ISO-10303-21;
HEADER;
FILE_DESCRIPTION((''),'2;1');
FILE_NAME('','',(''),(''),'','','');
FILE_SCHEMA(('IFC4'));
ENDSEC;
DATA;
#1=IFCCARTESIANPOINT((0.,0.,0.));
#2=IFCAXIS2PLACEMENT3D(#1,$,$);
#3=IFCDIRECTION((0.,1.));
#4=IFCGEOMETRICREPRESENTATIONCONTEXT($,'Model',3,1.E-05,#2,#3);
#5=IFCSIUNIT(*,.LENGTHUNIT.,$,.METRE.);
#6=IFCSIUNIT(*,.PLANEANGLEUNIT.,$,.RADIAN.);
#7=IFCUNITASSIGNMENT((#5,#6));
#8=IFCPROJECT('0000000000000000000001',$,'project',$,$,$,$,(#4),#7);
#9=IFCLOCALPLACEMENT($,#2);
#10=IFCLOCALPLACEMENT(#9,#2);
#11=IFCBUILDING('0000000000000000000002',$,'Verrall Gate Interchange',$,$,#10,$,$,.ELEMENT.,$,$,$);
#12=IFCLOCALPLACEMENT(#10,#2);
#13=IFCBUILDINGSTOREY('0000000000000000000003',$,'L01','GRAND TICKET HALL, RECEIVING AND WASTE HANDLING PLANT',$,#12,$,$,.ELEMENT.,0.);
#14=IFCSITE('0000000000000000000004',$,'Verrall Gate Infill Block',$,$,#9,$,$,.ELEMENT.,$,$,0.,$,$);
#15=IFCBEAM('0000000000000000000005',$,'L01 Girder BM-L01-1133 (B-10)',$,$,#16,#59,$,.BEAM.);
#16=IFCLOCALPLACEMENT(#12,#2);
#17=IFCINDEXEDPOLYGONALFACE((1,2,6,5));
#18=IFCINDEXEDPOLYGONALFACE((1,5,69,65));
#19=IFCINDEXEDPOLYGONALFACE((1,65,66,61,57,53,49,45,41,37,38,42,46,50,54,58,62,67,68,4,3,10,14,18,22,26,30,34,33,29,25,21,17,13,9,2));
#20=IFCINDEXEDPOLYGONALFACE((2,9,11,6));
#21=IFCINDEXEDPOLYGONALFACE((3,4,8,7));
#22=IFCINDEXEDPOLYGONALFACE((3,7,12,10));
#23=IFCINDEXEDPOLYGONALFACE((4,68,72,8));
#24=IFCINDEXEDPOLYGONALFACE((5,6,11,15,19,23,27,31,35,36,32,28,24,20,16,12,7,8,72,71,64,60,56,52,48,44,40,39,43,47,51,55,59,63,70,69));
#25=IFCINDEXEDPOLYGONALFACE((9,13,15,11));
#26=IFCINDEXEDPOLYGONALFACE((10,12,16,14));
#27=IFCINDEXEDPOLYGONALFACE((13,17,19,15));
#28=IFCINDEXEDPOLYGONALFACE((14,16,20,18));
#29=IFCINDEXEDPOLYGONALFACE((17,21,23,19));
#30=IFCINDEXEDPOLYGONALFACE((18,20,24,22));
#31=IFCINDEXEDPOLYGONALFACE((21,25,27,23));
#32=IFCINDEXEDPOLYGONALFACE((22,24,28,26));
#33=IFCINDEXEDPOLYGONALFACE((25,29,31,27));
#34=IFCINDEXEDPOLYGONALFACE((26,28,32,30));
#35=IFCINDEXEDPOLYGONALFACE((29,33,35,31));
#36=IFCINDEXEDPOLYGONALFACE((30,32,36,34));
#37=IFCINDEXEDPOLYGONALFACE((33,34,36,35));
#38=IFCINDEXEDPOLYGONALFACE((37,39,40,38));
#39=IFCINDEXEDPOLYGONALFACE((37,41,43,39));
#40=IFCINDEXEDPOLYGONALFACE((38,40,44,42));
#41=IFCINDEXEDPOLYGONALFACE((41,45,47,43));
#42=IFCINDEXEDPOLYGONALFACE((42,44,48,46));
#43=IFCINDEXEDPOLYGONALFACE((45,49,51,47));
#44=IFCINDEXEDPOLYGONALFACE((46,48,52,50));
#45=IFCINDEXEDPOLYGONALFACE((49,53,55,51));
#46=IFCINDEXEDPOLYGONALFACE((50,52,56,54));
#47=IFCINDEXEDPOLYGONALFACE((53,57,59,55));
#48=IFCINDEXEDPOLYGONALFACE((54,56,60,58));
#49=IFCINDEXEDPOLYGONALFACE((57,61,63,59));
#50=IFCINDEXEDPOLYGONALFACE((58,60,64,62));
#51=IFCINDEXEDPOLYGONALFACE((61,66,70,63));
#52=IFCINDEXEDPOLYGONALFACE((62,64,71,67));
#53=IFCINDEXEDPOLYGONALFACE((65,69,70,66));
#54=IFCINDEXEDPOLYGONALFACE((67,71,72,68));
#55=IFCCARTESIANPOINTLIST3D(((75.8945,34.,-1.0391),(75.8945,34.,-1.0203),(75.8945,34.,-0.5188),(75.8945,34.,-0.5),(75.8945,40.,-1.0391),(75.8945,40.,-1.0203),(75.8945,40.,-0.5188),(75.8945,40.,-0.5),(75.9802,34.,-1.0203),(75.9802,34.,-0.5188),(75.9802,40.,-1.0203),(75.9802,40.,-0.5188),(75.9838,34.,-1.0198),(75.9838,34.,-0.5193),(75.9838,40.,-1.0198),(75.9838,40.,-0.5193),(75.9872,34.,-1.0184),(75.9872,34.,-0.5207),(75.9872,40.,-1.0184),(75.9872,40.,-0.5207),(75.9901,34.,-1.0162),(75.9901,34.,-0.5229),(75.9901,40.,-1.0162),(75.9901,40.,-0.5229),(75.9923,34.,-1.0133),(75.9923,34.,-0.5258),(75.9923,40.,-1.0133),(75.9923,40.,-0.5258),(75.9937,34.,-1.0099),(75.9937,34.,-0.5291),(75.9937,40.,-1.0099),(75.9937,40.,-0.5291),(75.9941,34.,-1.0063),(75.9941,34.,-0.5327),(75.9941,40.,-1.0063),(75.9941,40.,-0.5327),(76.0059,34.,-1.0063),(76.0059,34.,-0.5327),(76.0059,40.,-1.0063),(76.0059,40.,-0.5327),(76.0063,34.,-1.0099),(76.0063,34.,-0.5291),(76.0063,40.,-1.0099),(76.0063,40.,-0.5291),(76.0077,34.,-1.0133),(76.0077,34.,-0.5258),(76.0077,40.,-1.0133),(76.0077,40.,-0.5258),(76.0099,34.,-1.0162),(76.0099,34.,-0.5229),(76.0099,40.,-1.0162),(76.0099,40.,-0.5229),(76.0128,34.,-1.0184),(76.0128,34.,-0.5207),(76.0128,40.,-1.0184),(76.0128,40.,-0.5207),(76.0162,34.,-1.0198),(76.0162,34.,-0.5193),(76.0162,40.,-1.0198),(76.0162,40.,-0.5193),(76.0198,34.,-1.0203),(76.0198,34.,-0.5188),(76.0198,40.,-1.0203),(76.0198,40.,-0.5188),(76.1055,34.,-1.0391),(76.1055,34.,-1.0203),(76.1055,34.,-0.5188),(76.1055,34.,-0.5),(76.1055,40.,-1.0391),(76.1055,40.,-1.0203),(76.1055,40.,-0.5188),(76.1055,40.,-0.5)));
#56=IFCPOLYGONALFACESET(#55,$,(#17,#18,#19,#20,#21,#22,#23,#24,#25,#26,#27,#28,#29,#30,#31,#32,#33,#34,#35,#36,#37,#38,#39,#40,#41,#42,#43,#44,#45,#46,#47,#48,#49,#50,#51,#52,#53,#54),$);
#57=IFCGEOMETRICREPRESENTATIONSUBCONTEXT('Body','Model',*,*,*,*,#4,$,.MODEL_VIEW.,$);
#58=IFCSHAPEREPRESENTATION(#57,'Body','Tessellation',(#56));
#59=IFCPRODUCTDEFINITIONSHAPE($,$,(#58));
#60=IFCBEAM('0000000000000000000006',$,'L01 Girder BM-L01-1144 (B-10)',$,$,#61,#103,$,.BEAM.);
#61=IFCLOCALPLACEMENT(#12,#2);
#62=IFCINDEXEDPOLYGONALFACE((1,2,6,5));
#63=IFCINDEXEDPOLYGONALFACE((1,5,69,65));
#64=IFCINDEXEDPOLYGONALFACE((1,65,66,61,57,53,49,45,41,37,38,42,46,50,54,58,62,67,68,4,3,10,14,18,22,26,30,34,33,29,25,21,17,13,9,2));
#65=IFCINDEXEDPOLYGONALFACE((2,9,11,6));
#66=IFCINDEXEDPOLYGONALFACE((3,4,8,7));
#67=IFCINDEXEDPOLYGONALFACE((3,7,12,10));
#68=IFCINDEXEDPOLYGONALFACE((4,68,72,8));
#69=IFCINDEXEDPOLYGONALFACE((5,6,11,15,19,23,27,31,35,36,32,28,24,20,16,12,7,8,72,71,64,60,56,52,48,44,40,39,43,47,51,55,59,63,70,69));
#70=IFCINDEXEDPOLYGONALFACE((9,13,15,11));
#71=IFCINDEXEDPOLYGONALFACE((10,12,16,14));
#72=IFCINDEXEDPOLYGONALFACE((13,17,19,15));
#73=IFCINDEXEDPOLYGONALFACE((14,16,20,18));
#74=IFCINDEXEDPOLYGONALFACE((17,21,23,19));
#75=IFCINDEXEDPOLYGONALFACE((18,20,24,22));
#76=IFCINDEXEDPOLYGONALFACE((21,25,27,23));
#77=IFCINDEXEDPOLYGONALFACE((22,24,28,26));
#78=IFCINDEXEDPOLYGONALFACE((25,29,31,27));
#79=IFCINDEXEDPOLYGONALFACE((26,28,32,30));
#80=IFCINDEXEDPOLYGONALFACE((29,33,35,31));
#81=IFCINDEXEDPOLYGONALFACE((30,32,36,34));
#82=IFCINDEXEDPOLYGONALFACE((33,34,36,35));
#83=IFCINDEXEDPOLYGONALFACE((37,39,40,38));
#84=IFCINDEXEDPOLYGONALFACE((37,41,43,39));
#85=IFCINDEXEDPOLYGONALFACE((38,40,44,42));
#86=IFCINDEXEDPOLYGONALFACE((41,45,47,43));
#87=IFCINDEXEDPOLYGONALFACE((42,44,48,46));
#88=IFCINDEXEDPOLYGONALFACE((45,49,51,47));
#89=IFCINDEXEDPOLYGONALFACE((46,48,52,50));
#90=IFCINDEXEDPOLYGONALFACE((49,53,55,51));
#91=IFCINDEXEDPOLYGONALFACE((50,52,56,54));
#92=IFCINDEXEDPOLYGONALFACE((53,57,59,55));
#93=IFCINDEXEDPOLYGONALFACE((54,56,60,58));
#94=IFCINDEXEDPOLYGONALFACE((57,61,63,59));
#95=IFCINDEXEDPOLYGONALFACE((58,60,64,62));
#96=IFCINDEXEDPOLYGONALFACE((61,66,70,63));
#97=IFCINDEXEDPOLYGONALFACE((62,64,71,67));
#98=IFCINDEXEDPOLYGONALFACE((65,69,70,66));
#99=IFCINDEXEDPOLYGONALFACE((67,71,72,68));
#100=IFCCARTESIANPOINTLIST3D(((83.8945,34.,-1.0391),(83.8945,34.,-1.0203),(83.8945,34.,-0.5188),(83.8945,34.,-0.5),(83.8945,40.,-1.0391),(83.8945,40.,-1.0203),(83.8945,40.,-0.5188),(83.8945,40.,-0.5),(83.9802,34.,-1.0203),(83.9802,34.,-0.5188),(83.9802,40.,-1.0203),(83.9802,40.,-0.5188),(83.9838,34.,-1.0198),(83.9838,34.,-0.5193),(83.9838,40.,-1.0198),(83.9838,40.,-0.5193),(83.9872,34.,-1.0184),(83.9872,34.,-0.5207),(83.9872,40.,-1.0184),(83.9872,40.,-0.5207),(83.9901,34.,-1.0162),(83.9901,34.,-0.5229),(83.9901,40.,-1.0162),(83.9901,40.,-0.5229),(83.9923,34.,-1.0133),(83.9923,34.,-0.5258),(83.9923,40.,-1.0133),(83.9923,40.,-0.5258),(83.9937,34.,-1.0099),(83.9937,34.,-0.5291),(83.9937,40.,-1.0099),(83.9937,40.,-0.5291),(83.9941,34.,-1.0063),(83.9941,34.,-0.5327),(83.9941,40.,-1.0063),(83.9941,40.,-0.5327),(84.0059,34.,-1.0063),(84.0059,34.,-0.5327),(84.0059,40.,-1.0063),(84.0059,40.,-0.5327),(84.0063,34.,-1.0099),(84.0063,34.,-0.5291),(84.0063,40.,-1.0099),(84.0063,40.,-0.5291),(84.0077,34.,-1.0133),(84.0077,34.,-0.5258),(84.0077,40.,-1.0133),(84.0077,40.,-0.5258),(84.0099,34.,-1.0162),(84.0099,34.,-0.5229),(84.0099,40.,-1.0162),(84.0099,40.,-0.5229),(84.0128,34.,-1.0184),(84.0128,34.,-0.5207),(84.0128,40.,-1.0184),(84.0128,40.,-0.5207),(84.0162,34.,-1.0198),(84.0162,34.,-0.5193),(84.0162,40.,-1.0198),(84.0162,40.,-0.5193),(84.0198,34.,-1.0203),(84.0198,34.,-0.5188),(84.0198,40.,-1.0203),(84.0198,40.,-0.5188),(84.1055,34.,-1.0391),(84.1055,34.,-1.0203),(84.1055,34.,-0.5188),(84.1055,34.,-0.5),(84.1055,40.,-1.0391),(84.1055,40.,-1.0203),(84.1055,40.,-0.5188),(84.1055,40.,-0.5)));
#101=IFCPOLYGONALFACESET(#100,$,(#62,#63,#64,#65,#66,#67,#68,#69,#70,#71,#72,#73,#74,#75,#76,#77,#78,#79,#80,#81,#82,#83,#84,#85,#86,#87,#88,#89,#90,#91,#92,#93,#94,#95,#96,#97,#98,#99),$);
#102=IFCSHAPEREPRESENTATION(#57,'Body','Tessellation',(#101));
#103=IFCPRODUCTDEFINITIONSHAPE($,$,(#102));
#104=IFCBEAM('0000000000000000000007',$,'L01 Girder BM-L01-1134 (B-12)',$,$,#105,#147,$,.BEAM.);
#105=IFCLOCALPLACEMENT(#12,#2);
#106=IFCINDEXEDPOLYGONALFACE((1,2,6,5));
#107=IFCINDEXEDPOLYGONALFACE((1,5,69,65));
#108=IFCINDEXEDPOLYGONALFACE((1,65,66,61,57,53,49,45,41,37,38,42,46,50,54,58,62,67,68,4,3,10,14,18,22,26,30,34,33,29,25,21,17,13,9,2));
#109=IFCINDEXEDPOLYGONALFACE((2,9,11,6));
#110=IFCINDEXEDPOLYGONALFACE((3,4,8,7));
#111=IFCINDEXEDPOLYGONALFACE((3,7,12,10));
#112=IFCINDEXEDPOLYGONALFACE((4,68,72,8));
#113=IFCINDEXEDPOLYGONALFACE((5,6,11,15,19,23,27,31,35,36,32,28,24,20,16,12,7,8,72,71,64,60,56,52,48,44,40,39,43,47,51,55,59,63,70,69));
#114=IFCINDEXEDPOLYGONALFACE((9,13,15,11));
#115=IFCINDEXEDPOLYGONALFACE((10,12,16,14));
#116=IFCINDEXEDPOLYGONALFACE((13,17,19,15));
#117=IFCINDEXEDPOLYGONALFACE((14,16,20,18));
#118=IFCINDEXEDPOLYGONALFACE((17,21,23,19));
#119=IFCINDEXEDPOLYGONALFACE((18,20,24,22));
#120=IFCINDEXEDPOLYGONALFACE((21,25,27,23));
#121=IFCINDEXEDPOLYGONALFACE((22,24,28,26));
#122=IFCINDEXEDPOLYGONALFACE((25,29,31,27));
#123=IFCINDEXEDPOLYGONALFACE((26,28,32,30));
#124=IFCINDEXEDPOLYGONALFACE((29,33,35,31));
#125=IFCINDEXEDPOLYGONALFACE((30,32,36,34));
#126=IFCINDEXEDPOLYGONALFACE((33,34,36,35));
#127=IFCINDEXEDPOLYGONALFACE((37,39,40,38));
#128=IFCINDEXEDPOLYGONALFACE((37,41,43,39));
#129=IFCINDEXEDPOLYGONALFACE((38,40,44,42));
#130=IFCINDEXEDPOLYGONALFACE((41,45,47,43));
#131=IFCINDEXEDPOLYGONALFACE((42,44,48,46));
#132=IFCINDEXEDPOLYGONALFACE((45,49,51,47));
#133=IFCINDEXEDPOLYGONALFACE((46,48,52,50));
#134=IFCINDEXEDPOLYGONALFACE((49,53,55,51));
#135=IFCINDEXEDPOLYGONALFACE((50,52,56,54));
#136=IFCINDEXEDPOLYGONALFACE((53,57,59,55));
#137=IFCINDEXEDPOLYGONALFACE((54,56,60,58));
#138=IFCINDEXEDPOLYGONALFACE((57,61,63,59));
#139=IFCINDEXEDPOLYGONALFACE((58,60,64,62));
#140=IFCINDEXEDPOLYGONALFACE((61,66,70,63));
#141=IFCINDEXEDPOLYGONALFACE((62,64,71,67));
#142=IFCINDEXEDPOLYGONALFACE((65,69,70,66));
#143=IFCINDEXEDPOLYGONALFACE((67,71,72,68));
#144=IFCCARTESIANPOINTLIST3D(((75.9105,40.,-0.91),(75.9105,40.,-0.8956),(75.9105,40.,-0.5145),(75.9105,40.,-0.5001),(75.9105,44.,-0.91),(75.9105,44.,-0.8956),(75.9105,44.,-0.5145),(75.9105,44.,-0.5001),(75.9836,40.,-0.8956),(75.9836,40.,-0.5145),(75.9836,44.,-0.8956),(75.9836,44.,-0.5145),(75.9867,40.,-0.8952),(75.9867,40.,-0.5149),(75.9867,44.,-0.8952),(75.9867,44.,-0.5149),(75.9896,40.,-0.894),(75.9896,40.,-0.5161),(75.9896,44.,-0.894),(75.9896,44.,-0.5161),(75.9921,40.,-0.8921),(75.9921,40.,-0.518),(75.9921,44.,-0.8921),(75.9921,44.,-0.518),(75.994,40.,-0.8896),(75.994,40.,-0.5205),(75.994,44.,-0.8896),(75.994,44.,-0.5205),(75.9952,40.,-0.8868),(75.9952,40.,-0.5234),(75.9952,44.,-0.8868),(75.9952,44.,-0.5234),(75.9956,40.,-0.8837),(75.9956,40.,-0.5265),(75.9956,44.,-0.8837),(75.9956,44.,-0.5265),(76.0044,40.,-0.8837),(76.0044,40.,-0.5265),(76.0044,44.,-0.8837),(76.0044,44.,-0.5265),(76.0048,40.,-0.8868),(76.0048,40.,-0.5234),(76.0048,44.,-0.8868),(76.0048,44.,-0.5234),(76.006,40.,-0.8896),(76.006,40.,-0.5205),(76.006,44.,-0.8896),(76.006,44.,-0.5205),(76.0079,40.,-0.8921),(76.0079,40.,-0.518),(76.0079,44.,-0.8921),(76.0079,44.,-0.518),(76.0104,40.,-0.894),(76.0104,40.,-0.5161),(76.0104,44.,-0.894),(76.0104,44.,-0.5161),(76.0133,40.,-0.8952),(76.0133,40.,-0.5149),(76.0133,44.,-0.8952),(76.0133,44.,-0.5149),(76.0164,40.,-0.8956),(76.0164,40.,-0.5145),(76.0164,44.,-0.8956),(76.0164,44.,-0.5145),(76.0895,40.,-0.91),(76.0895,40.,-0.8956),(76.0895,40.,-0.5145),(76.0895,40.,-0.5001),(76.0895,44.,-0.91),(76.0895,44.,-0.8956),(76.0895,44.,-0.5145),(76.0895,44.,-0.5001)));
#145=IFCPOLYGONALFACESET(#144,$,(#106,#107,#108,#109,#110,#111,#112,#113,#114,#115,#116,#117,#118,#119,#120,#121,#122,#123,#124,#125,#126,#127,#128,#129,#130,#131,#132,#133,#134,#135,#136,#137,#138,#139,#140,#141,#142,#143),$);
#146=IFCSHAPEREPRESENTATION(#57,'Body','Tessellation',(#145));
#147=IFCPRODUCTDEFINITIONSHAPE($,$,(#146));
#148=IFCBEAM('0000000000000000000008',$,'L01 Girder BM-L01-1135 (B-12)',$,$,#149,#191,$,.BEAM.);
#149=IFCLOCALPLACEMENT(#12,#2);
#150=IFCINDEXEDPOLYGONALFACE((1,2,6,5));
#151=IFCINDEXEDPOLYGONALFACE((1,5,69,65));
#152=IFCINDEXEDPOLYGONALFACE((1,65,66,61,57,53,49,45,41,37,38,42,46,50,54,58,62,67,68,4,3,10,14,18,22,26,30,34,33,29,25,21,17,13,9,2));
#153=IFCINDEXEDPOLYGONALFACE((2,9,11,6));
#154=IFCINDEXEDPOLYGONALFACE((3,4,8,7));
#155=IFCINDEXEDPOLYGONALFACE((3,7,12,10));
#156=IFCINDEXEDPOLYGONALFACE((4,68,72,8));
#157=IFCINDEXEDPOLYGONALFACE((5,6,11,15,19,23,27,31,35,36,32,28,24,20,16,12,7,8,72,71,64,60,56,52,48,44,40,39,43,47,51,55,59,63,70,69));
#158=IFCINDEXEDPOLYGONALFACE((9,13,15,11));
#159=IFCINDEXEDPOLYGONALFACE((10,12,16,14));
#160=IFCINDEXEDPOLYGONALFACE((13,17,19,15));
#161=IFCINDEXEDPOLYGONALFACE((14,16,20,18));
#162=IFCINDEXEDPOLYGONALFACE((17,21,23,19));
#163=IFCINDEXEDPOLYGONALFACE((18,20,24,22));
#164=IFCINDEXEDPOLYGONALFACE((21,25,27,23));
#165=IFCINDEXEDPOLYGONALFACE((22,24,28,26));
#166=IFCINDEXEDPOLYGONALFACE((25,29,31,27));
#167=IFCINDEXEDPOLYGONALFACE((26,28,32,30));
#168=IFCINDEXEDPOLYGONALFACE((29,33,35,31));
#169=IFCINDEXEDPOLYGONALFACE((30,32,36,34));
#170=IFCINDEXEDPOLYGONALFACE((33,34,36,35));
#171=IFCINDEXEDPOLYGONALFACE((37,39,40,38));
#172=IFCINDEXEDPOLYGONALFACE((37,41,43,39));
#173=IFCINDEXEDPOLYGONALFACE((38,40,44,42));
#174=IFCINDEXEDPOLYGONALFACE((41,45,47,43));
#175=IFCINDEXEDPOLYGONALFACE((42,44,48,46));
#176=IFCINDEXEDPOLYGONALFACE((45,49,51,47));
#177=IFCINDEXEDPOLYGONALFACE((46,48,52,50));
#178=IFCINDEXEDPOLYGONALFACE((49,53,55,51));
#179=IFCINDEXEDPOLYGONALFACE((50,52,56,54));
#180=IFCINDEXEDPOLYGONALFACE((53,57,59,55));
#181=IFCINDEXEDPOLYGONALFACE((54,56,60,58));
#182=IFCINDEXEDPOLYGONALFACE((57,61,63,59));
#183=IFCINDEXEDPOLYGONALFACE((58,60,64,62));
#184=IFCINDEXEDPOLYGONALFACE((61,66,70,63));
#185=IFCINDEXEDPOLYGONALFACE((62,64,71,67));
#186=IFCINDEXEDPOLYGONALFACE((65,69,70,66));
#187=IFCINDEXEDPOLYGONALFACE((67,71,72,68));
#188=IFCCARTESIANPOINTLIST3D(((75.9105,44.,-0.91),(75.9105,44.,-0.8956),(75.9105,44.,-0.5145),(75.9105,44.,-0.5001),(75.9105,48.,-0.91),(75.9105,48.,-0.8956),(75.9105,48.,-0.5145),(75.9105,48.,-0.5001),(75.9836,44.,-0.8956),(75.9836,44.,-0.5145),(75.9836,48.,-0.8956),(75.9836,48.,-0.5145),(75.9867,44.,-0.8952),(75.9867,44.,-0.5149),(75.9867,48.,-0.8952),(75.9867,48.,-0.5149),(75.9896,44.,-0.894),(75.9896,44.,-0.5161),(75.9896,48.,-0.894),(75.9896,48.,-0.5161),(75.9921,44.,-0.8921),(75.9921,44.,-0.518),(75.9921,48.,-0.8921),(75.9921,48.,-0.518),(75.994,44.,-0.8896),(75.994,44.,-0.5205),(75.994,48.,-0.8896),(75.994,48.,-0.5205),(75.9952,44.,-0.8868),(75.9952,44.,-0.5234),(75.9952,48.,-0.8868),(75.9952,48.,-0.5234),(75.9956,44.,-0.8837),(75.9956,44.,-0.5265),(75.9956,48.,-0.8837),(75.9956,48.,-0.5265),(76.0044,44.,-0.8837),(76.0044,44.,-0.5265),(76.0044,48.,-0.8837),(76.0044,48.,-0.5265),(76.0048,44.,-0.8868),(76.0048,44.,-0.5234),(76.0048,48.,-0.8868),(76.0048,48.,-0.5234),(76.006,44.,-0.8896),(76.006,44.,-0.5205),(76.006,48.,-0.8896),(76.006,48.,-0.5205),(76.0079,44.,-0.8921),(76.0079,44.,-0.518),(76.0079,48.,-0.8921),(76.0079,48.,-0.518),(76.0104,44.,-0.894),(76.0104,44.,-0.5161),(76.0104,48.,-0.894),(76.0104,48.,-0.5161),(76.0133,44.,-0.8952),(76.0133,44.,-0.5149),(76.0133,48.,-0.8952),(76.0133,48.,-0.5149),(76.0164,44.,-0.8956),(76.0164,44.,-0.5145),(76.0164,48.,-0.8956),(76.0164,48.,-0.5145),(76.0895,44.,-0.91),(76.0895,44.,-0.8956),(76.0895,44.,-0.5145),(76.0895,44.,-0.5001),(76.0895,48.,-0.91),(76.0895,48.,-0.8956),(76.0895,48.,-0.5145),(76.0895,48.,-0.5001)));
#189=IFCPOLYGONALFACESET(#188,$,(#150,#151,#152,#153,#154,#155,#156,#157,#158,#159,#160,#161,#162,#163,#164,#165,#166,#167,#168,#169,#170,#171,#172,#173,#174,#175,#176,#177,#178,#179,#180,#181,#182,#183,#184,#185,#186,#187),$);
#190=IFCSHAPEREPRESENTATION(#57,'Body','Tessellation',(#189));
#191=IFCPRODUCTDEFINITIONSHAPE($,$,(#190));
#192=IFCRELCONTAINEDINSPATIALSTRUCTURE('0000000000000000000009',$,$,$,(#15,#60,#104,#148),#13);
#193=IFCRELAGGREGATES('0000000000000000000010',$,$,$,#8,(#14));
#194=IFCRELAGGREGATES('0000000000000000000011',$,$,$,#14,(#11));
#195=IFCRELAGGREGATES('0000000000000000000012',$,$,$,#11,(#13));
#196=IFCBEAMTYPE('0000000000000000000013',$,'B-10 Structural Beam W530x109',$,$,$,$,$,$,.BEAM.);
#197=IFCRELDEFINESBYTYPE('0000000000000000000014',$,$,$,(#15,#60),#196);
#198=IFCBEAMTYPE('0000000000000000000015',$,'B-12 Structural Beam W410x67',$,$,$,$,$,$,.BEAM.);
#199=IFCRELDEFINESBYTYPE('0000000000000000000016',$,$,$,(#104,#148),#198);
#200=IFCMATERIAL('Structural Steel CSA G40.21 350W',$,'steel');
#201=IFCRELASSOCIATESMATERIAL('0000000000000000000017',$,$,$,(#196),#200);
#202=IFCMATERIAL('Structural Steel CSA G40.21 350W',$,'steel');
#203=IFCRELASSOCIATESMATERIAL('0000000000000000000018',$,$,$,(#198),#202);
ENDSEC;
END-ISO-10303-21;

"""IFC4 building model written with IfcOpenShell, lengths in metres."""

from ifc_helpers import new_model, si_unit, direction, frame, origin, origin_2d, place, context, subcontext, project, spatial, i_section, extrude, material, material_profile, profile_set, type_object, element, save


model = new_model("IFC4")

# Units and contexts
model_context = context("Model", 3, precision=1e-05, world=origin(), true_north=direction((0.0, 1.0)))
body_context = subcontext(model_context, "Body", "Model", "MODEL_VIEW")
ifc_project = project(units=[si_unit("LENGTHUNIT", "METRE"), si_unit("PLANEANGLEUNIT", "RADIAN")], contexts=[model_context])

# Site, building, storey
site_placement = place(None, origin())
site = spatial("IfcSite", under=ifc_project, at=site_placement, Name="Verrall Gate Infill Block", CompositionType="ELEMENT", RefElevation=0.0)
building_placement = place(site_placement, origin())
building = spatial("IfcBuilding", under=site, at=building_placement, Name="Verrall Gate Interchange", CompositionType="ELEMENT")
storey_placement = place(building_placement, origin())
storey = spatial("IfcBuildingStorey", under=building, at=storey_placement, Name="L01", Description="GRAND TICKET HALL, RECEIVING AND WASTE HANDLING PLANT", CompositionType="ELEMENT", Elevation=0.0)

# Beams
ifc_material_1 = material(Name="Structural Steel CSA G40.21 350W", Category="steel")
ifc_material_profile_1 = material_profile(ifc_material_1, i_section(OverallWidth=0.2109, OverallDepth=0.5391, WebThickness=0.0117, FlangeThickness=0.0188, FilletRadius=0.0139, at=origin_2d()), Name="W530x109")
ifc_profile_set_1 = profile_set([ifc_material_profile_1], Name="Structural Steel CSA G40.21 350W")
beam_type_1 = type_object("IfcBeamType", Name="B-10 Structural Beam W530x109", PredefinedType="BEAM", material=ifc_profile_set_1)
for number, where, z_axis, x_axis, name in (
    (1, (76.0, 34.0, -0.7695), (0.0, 1.0, 0.0), (-1.0, 0.0, 0.0), "L01 Girder BM-L01-1133 (B-10)"),
    (2, (84.0, 34.0, -0.7695), (0.0, 1.0, 0.0), (-1.0, 0.0, 0.0), "L01 Girder BM-L01-1144 (B-10)"),
):
    element("IfcBeam", number, at=place(storey_placement, frame(where, z_axis=z_axis, x_axis=x_axis)), inside=storey, type_object=beam_type_1, Name=name, PredefinedType="BEAM", context=body_context, shape_type="SweptSolid", body=[
        extrude(i_section(OverallWidth=0.2109, OverallDepth=0.5391, WebThickness=0.0117, FlangeThickness=0.0188, FilletRadius=0.0139, at=origin_2d()), origin(), (0.0, 0.0, 1.0), 6.0),
    ])
ifc_material_2 = material(Name="Structural Steel CSA G40.21 350W", Category="steel")
ifc_material_profile_2 = material_profile(ifc_material_2, i_section(OverallWidth=0.179, OverallDepth=0.4099, WebThickness=0.0088, FlangeThickness=0.0144, FilletRadius=0.012, at=origin_2d()), Name="W410x67")
ifc_profile_set_2 = profile_set([ifc_material_profile_2], Name="Structural Steel CSA G40.21 350W")
beam_type_2 = type_object("IfcBeamType", Name="B-12 Structural Beam W410x67", PredefinedType="BEAM", material=ifc_profile_set_2)
for number, where, z_axis, x_axis, name in (
    (3, (76.0, 40.0, -0.7051), (0.0, 1.0, 0.0), (-1.0, 0.0, 0.0), "L01 Girder BM-L01-1134 (B-12)"),
    (4, (76.0, 44.0, -0.7051), (0.0, 1.0, 0.0), (-1.0, 0.0, 0.0), "L01 Girder BM-L01-1135 (B-12)"),
):
    element("IfcBeam", number, at=place(storey_placement, frame(where, z_axis=z_axis, x_axis=x_axis)), inside=storey, type_object=beam_type_2, Name=name, PredefinedType="BEAM", context=body_context, shape_type="SweptSolid", body=[
        extrude(i_section(OverallWidth=0.179, OverallDepth=0.4099, WebThickness=0.0088, FlangeThickness=0.0144, FilletRadius=0.012, at=origin_2d()), origin(), (0.0, 0.0, 1.0), 4.0),
    ])

save(model, "model.ifc")
